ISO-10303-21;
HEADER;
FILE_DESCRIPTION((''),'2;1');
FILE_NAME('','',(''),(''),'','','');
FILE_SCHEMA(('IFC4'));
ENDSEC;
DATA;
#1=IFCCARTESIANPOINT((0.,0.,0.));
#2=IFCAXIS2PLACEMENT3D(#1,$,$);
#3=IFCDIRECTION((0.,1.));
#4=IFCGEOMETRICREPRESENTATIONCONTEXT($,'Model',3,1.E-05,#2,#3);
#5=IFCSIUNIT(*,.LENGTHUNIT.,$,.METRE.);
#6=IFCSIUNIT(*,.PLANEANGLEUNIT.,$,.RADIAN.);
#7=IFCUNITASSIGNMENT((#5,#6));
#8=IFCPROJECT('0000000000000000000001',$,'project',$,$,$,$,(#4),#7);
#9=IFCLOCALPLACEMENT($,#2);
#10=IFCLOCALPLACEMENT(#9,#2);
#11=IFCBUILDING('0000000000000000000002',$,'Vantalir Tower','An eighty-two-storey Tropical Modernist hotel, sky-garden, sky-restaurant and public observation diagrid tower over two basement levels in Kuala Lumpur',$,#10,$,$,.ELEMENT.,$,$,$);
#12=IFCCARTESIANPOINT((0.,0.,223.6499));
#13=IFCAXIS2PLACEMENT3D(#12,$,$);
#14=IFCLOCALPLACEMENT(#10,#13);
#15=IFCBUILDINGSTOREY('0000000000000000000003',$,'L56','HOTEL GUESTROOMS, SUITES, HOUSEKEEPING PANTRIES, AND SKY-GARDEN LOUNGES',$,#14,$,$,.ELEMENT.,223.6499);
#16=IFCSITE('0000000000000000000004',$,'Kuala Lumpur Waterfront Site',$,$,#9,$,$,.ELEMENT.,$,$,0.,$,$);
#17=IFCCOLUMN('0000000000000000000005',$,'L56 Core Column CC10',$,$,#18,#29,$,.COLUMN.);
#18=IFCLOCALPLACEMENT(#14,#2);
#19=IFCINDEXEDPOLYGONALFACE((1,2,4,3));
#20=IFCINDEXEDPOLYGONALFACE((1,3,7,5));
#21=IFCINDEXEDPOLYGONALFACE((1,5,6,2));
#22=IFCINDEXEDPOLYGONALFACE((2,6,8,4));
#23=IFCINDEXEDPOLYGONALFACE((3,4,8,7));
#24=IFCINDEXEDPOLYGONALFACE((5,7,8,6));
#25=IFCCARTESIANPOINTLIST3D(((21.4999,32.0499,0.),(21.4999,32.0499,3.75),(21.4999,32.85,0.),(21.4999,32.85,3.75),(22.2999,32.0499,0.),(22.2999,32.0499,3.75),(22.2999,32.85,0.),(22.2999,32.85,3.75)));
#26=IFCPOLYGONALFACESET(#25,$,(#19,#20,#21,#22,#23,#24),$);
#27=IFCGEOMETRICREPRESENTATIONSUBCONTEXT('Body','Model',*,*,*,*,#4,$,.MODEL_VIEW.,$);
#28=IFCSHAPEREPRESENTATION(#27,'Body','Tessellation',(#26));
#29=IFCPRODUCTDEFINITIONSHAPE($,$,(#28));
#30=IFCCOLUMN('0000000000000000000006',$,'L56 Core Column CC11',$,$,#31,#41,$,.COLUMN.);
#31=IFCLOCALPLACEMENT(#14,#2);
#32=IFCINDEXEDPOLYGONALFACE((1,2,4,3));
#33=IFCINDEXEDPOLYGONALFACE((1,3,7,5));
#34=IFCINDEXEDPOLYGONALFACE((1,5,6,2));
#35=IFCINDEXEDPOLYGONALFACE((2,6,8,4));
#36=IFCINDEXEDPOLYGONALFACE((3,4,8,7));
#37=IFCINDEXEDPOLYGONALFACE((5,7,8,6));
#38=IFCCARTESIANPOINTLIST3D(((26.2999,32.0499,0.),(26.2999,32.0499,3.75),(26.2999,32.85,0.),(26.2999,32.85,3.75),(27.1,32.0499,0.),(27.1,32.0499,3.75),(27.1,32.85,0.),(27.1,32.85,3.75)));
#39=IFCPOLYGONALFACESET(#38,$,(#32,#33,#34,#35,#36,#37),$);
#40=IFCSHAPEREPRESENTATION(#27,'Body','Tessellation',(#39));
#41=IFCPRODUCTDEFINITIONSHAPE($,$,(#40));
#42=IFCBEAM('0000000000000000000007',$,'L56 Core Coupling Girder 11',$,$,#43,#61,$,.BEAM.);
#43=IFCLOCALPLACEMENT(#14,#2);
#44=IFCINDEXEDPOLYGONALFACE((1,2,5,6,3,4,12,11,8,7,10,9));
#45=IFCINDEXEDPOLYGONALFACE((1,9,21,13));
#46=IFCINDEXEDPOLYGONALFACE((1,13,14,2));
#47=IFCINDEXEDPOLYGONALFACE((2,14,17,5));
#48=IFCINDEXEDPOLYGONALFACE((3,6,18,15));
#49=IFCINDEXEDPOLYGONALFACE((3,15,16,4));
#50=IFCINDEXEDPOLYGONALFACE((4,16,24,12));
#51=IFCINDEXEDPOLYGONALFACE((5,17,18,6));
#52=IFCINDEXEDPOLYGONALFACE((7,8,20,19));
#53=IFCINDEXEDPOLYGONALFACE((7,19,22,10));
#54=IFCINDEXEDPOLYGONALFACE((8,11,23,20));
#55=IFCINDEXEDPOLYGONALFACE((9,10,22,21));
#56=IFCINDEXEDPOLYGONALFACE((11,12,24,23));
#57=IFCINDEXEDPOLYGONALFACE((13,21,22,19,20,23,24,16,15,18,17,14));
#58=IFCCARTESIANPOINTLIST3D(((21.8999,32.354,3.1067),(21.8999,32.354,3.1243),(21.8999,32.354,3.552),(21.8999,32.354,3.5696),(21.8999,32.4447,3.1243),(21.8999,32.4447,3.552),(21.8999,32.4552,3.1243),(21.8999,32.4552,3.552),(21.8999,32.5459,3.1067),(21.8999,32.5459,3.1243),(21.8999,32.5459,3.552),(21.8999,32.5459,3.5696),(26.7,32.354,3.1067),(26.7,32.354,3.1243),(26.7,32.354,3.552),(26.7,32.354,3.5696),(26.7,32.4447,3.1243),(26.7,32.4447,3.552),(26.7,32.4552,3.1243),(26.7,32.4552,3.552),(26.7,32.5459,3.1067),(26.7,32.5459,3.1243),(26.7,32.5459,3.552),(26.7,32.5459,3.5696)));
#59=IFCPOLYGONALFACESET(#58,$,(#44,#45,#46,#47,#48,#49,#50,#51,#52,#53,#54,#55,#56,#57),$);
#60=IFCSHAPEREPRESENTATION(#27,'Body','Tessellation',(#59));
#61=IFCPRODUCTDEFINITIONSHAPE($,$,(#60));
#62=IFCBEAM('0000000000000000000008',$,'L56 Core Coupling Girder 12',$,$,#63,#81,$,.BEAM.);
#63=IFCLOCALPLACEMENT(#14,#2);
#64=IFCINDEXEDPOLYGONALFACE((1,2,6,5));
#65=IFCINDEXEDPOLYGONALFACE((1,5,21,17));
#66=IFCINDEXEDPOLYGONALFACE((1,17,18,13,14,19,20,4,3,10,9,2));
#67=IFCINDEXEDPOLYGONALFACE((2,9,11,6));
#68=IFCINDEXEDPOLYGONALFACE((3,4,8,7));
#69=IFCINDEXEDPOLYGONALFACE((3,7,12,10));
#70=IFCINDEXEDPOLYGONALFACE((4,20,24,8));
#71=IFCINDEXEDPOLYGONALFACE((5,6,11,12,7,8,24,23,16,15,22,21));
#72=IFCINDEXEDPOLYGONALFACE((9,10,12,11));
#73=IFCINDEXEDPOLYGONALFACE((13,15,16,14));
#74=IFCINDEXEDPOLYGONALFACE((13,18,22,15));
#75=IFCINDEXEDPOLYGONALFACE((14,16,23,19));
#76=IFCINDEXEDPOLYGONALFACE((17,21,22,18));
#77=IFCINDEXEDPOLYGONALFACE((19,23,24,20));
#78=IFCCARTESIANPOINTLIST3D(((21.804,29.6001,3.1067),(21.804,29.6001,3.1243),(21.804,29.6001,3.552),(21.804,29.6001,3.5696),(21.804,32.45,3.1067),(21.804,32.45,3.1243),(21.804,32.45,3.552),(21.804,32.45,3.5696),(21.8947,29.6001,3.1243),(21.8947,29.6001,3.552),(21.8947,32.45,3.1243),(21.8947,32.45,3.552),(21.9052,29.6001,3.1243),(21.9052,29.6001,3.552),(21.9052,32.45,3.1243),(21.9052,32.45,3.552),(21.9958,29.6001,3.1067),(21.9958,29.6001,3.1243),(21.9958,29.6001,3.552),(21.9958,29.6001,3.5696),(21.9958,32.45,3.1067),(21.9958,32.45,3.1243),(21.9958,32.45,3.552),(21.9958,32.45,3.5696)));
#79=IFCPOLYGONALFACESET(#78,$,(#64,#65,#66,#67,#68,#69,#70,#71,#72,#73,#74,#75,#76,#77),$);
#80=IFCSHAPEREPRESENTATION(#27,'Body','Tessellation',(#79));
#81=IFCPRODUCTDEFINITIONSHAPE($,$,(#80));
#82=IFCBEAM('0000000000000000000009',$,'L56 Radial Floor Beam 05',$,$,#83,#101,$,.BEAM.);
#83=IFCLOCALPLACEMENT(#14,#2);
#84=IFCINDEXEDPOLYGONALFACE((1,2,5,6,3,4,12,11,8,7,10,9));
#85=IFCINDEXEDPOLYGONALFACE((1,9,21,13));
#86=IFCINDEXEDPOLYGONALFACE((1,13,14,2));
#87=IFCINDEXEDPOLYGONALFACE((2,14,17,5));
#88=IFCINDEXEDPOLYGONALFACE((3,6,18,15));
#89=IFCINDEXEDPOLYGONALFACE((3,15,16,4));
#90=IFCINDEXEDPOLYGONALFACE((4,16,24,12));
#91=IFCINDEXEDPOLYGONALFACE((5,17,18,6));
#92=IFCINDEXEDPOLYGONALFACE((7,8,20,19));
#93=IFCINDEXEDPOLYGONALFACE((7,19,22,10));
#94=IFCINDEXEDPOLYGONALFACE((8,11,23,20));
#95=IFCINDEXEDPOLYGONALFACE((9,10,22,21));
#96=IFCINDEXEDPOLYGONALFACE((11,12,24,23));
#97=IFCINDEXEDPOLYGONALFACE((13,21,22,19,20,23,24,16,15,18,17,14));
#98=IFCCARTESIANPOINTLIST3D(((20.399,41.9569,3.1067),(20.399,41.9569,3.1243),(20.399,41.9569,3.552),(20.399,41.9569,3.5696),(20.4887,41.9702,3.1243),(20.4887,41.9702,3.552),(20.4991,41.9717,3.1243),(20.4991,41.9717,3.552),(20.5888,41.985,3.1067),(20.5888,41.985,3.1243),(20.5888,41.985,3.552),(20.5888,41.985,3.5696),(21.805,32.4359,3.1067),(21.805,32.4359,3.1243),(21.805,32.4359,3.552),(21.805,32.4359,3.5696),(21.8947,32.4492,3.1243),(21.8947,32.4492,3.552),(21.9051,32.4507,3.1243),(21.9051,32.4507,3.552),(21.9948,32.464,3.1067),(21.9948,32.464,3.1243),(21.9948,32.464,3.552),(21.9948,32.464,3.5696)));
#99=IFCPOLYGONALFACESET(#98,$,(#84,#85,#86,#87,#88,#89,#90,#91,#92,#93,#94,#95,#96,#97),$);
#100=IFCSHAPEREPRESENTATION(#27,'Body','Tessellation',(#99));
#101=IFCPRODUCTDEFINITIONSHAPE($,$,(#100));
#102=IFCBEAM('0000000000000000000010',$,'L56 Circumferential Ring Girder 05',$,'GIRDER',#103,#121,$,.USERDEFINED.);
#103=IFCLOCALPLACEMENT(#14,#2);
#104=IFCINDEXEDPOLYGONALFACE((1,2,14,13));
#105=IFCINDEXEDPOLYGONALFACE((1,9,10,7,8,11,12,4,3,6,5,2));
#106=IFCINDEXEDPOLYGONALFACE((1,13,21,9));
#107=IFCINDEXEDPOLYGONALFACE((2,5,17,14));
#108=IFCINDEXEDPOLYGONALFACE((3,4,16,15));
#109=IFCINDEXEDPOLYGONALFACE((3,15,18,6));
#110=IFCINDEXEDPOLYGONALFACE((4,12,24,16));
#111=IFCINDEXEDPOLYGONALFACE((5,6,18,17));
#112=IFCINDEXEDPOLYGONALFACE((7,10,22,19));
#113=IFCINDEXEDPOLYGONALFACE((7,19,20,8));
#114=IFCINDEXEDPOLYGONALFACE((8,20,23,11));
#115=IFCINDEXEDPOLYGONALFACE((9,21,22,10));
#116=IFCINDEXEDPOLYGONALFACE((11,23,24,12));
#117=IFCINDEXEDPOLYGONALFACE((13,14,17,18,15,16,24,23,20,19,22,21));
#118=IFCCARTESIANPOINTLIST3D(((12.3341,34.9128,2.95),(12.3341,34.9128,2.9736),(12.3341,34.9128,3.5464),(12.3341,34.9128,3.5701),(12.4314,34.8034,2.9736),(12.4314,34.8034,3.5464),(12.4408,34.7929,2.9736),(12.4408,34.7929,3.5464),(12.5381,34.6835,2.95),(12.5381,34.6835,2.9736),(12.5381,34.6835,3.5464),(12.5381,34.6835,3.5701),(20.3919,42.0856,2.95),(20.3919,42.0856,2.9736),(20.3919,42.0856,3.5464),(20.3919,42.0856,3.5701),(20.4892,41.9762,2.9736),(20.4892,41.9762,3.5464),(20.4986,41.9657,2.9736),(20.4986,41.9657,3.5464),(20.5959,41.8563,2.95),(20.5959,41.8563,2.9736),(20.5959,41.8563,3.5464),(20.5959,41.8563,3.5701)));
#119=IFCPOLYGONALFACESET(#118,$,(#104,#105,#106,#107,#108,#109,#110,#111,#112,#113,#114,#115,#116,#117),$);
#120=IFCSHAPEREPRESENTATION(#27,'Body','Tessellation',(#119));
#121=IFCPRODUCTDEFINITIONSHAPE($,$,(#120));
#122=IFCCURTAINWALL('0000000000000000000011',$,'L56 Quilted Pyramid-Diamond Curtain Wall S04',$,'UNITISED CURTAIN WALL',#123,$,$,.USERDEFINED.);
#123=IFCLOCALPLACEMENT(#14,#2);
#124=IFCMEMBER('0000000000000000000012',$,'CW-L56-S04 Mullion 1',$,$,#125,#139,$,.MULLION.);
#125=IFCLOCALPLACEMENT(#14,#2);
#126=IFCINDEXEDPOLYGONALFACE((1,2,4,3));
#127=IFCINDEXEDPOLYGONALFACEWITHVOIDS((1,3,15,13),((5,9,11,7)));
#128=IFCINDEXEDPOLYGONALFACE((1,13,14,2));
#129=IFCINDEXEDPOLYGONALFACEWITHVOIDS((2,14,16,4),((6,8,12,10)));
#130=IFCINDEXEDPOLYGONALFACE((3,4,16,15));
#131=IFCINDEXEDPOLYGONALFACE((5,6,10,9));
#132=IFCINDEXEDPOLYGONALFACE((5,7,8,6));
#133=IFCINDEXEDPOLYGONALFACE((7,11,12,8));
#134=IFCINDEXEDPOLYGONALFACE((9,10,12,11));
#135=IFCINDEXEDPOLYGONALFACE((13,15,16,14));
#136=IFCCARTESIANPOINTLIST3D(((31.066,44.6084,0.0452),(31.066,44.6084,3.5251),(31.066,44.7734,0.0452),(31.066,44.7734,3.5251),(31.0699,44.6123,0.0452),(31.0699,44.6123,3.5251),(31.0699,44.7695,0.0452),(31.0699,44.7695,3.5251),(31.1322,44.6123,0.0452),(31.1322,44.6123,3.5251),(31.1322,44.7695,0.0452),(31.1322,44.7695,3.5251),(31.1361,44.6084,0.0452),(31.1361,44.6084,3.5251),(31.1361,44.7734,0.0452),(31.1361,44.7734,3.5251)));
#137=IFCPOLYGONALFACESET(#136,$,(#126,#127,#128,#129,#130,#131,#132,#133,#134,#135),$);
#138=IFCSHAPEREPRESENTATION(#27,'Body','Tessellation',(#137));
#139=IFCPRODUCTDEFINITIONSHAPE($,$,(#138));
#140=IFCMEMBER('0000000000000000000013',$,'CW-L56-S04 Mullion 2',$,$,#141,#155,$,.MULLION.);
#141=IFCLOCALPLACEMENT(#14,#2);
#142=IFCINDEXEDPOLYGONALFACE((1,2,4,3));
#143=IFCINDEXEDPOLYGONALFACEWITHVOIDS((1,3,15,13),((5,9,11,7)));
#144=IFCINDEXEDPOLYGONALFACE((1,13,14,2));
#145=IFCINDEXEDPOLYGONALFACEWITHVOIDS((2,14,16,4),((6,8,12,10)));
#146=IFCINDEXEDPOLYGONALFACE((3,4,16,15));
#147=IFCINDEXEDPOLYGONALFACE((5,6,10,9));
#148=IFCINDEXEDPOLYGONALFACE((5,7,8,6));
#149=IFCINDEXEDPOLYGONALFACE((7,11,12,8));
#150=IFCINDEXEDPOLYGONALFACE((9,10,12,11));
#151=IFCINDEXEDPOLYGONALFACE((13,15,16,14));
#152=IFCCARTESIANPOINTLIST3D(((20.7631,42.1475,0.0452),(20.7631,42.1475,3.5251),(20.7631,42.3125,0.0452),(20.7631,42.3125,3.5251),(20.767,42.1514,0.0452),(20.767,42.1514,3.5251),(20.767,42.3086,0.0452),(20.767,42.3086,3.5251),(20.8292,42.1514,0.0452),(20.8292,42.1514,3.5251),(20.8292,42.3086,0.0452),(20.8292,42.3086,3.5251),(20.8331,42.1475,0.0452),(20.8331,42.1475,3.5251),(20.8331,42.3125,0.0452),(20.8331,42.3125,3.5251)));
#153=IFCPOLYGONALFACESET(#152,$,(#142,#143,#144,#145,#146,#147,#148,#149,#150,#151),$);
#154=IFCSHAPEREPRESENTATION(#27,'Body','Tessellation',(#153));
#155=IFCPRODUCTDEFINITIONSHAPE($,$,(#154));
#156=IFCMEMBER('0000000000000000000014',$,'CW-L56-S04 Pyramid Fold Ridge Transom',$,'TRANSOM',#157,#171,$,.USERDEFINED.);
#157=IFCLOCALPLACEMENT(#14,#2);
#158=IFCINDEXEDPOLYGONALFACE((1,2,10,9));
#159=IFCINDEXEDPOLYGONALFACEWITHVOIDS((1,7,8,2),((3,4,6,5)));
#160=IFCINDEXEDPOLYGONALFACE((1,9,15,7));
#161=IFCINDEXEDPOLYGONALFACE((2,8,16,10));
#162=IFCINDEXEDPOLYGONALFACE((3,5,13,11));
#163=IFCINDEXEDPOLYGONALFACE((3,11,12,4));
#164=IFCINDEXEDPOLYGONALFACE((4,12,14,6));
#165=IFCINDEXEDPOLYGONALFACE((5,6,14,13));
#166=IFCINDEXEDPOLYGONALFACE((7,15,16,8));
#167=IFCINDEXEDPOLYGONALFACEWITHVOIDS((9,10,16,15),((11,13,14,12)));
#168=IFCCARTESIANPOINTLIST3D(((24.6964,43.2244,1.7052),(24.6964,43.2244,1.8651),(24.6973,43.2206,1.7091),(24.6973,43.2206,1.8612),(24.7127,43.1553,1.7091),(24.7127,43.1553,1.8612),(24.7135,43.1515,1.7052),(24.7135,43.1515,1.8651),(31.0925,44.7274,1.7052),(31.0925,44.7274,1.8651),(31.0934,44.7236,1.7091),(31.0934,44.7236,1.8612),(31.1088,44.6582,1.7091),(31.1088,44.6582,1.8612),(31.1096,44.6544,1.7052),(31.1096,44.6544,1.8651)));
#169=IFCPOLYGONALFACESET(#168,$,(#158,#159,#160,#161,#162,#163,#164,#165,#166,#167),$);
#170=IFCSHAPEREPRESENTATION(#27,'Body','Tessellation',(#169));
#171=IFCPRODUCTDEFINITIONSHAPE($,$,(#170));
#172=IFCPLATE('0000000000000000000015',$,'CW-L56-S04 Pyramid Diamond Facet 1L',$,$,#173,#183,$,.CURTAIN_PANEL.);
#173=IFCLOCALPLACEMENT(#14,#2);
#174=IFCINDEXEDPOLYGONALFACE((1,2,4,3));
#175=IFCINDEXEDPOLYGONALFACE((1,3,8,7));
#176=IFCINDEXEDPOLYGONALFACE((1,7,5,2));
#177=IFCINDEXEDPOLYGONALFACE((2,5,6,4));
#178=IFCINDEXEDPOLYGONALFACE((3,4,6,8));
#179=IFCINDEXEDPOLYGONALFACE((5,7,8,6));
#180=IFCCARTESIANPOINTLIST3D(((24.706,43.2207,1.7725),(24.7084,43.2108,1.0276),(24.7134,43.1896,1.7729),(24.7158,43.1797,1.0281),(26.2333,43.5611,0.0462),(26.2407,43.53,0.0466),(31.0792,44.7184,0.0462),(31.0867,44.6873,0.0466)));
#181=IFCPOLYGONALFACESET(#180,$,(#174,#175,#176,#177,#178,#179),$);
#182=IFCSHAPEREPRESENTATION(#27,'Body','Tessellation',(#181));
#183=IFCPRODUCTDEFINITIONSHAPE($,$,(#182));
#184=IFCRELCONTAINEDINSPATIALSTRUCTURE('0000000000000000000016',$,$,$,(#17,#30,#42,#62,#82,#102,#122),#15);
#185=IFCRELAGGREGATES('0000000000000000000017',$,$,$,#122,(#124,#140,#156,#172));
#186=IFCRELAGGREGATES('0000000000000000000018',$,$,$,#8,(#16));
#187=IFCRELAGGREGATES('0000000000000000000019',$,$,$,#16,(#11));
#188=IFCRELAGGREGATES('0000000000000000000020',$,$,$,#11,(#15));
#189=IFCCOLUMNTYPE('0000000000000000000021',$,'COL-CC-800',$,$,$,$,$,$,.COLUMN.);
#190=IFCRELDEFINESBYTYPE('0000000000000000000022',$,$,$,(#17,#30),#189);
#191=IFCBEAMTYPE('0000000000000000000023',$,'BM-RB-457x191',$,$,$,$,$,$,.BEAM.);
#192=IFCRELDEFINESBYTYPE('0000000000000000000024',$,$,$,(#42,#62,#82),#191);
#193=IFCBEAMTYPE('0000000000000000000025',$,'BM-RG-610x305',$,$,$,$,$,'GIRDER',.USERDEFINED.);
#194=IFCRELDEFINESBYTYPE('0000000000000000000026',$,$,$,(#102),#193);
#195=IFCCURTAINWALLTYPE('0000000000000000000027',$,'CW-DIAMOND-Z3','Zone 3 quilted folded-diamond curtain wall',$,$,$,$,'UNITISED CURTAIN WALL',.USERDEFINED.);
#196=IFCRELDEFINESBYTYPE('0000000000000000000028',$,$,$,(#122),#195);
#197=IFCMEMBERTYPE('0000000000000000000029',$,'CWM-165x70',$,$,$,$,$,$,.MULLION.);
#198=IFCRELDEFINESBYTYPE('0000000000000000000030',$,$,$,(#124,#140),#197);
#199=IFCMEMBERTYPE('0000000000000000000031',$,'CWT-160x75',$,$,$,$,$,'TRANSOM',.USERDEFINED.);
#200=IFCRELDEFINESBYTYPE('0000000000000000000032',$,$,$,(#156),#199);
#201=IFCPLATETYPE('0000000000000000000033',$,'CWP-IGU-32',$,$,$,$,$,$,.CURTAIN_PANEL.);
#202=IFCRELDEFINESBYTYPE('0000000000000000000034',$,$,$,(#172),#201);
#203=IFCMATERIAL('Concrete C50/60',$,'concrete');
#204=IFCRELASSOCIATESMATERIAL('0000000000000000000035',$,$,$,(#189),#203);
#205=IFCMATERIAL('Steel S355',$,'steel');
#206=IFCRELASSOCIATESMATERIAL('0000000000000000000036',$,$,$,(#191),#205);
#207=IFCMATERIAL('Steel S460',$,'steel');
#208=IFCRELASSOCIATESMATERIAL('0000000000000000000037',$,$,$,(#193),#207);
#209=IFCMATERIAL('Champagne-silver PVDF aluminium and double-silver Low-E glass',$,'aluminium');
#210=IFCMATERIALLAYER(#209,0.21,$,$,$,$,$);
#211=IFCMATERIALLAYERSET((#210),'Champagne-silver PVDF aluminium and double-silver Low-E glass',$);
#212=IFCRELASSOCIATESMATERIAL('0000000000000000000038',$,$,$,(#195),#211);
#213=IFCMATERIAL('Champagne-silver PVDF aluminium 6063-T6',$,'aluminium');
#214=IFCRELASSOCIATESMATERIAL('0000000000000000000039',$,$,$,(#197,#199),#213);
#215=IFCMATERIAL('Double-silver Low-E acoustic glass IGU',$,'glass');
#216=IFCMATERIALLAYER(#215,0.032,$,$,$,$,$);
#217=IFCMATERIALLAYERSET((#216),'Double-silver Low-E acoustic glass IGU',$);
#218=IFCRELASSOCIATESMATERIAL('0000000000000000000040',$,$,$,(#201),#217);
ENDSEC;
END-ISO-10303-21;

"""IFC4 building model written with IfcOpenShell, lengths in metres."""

from ifc_helpers import new_model, si_unit, direction, frame, origin, origin_2d, place, context, subcontext, project, spatial, polyline, rectangle, hollow_rectangle, i_section, outline, extrude, material, layer, layer_set, material_profile, profile_set, type_object, element, aggregate, save


model = new_model("IFC4")

# Units and contexts
model_context = context("Model", 3, precision=1e-05, world=origin(), true_north=direction((0.0, 1.0)))
body_context = subcontext(model_context, "Body", "Model", "MODEL_VIEW")
ifc_project = project(units=[si_unit("LENGTHUNIT", "METRE"), si_unit("PLANEANGLEUNIT", "RADIAN")], contexts=[model_context])

# Site, building, storey
site_placement = place(None, origin())
site = spatial("IfcSite", under=ifc_project, at=site_placement, Name="Kuala Lumpur Waterfront Site", CompositionType="ELEMENT", RefElevation=0.0)
building_placement = place(site_placement, origin())
building = spatial("IfcBuilding", under=site, at=building_placement, Name="Vantalir Tower", Description="An eighty-two-storey Tropical Modernist hotel, sky-garden, sky-restaurant and public observation diagrid tower over two basement levels in Kuala Lumpur", CompositionType="ELEMENT")
storey_placement = place(building_placement, frame((0.0, 0.0, 223.6499)))
storey = spatial("IfcBuildingStorey", under=building, at=storey_placement, Name="L56", Description="HOTEL GUESTROOMS, SUITES, HOUSEKEEPING PANTRIES, AND SKY-GARDEN LOUNGES", CompositionType="ELEMENT", Elevation=223.6499)

# Columns
ifc_material_1 = material(Name="Concrete C50/60", Category="concrete")
ifc_material_profile_1 = material_profile(ifc_material_1, rectangle(XDim=0.8, YDim=0.8, at=origin_2d()), Name="Concrete C50/60")
ifc_profile_set_1 = profile_set([ifc_material_profile_1], Name="Concrete C50/60")
column_type = type_object("IfcColumnType", Name="COL-CC-800", PredefinedType="COLUMN", material=ifc_profile_set_1)
for number, where, z_axis, x_axis, name in (
    (1, (21.8999, 32.45, 0.0), (0.0, 0.0, 1.0), (1.0, 0.0, 0.0), "L56 Core Column CC10"),
    (2, (26.7, 32.45, 0.0), (0.0, 0.0, 1.0), (1.0, 0.0, 0.0), "L56 Core Column CC11"),
):
    element("IfcColumn", number, at=place(storey_placement, frame(where, z_axis=z_axis, x_axis=x_axis)), inside=storey, type_object=column_type, Name=name, PredefinedType="COLUMN", context=body_context, shape_type="SweptSolid", body=[
        extrude(rectangle(XDim=0.8, YDim=0.8, at=origin_2d()), origin(), (0.0, 0.0, 1.0), 3.75),
    ])

# Beams
ifc_material_2 = material(Name="Steel S355", Category="steel")
ifc_material_profile_2 = material_profile(ifc_material_2, i_section(OverallWidth=0.1919, OverallDepth=0.4629, WebThickness=0.0105, FlangeThickness=0.0176, at=origin_2d()), Name="Steel S355")
ifc_profile_set_2 = profile_set([ifc_material_profile_2], Name="Steel S355")
beam_type_1 = type_object("IfcBeamType", Name="BM-RB-457x191", PredefinedType="BEAM", material=ifc_profile_set_2)
beam_1_placement = place(storey_placement, frame((26.7, 32.45, 3.3381), z_axis=(-1.0, 0.0, 0.0), x_axis=(0.0, -1.0, 0.0)))
element("IfcBeam", 3, at=beam_1_placement, inside=storey, type_object=beam_type_1, Name="L56 Core Coupling Girder 11", PredefinedType="BEAM", context=body_context, shape_type="SweptSolid", body=[
    extrude(i_section(OverallWidth=0.1919, OverallDepth=0.4629, WebThickness=0.0105, FlangeThickness=0.0176, at=origin_2d()), origin(), (0.0, 0.0, 1.0), 4.8),
])
beam_2_placement = place(storey_placement, frame((21.8999, 32.45, 3.3381), z_axis=(0.0, -1.0, 0.0), x_axis=(1.0, 0.0, 0.0)))
element("IfcBeam", 4, at=beam_2_placement, inside=storey, type_object=beam_type_1, Name="L56 Core Coupling Girder 12", PredefinedType="BEAM", context=body_context, shape_type="SweptSolid", body=[
    extrude(i_section(OverallWidth=0.1919, OverallDepth=0.4629, WebThickness=0.0105, FlangeThickness=0.0176, at=origin_2d()), origin(), (0.0, 0.0, 1.0), 2.8499),
])
beam_3_placement = place(storey_placement, frame((20.4939, 41.9709, 3.3381), z_axis=(0.14609, -0.989271, 0.0), x_axis=(0.989271, 0.14609, 0.0)))
element("IfcBeam", 5, at=beam_3_placement, inside=storey, type_object=beam_type_1, Name="L56 Radial Floor Beam 05", PredefinedType="BEAM", context=body_context, shape_type="SweptSolid", body=[
    extrude(i_section(OverallWidth=0.1919, OverallDepth=0.4629, WebThickness=0.0105, FlangeThickness=0.0176, at=origin_2d()), origin(), (0.0, 0.0, 1.0), 9.6243),
])
ifc_material_3 = material(Name="Steel S460", Category="steel")
ifc_material_profile_3 = material_profile(ifc_material_3, i_section(OverallWidth=0.3069, OverallDepth=0.6201, WebThickness=0.0142, FlangeThickness=0.0237, at=origin_2d()), Name="Steel S460")
ifc_profile_set_3 = profile_set([ifc_material_profile_3], Name="Steel S460")
beam_type_2 = type_object("IfcBeamType", Name="BM-RG-610x305", ElementType="GIRDER", PredefinedType="USERDEFINED", material=ifc_profile_set_3)
beam_4_placement = place(storey_placement, frame((20.4939, 41.9709, 3.26), z_axis=(-0.746935, -0.664897, 0.0), x_axis=(0.664897, -0.746935, 0.0)))
element("IfcBeam", 6, at=beam_4_placement, inside=storey, type_object=beam_type_2, Name="L56 Circumferential Ring Girder 05", ObjectType="GIRDER", PredefinedType="USERDEFINED", context=body_context, shape_type="SweptSolid", body=[
    extrude(i_section(OverallWidth=0.3069, OverallDepth=0.6201, WebThickness=0.0142, FlangeThickness=0.0237, at=origin_2d()), origin(), (0.0, 0.0, 1.0), 10.7878),
])

# Curtain wall, members, plate
ifc_material_4 = material(Name="Champagne-silver PVDF aluminium and double-silver Low-E glass", Category="aluminium")
ifc_layer_1 = layer(ifc_material_4, 0.21)
ifc_layer_set_1 = layer_set([ifc_layer_1], Name="Champagne-silver PVDF aluminium and double-silver Low-E glass")
curtain_wall_type = type_object("IfcCurtainWallType", Name="CW-DIAMOND-Z3", Description="Zone 3 quilted folded-diamond curtain wall", ElementType="UNITISED CURTAIN WALL", PredefinedType="USERDEFINED", material=ifc_layer_set_1)
curtain_wall_placement = place(storey_placement, origin())
curtain_wall = element("IfcCurtainWall", 7, at=curtain_wall_placement, inside=storey, type_object=curtain_wall_type, Name="L56 Quilted Pyramid-Diamond Curtain Wall S04", ObjectType="UNITISED CURTAIN WALL", PredefinedType="USERDEFINED")
ifc_material_5 = material(Name="Champagne-silver PVDF aluminium 6063-T6", Category="aluminium")
ifc_material_profile_4 = material_profile(ifc_material_5, hollow_rectangle(XDim=0.0701, YDim=0.165, WallThickness=0.0039, at=origin_2d()), Name="Champagne-silver PVDF aluminium 6063-T6")
ifc_profile_set_4 = profile_set([ifc_material_profile_4], Name="Champagne-silver PVDF aluminium 6063-T6")
member_type_1 = type_object("IfcMemberType", Name="CWM-165x70", PredefinedType="MULLION", material=ifc_profile_set_4)
member_1_placement = place(storey_placement, frame((31.1011, 44.6909, 0.0452), z_axis=(0.0, 0.0, 1.0), x_axis=(1.0, 0.0, 0.0)))
member_1 = element("IfcMember", 8, at=member_1_placement, type_object=member_type_1, Name="CW-L56-S04 Mullion 1", PredefinedType="MULLION", context=body_context, shape_type="SweptSolid", body=[
    extrude(hollow_rectangle(XDim=0.0701, YDim=0.165, WallThickness=0.0039, at=origin_2d()), origin(), (0.0, 0.0, 1.0), 3.48),
])
member_2_placement = place(storey_placement, frame((20.7981, 42.23, 0.0452), z_axis=(0.0, 0.0, 1.0), x_axis=(1.0, 0.0, 0.0)))
member_2 = element("IfcMember", 9, at=member_2_placement, type_object=member_type_1, Name="CW-L56-S04 Mullion 2", PredefinedType="MULLION", context=body_context, shape_type="SweptSolid", body=[
    extrude(hollow_rectangle(XDim=0.0701, YDim=0.165, WallThickness=0.0039, at=origin_2d()), origin(), (0.0, 0.0, 1.0), 3.48),
])
ifc_material_profile_5 = material_profile(ifc_material_5, hollow_rectangle(XDim=0.075, YDim=0.1599, WallThickness=0.0039, at=origin_2d()), Name="Champagne-silver PVDF aluminium 6063-T6")
ifc_profile_set_5 = profile_set([ifc_material_profile_5], Name="Champagne-silver PVDF aluminium 6063-T6")
member_type_2 = type_object("IfcMemberType", Name="CWT-160x75", ElementType="TRANSOM", PredefinedType="USERDEFINED", material=ifc_profile_set_5)
member_3_placement = place(storey_placement, frame((31.1011, 44.6909, 1.7852), z_axis=(-0.973485, -0.228749, 0.0), x_axis=(0.228749, -0.973485, 0.0)))
member_3 = element("IfcMember", 10, at=member_3_placement, type_object=member_type_2, Name="CW-L56-S04 Pyramid Fold Ridge Transom", ObjectType="TRANSOM", PredefinedType="USERDEFINED", context=body_context, shape_type="SweptSolid", body=[
    extrude(hollow_rectangle(XDim=0.075, YDim=0.1599, WallThickness=0.0039, at=origin_2d()), origin(), (0.0, 0.0, 1.0), 6.5703),
])
ifc_material_6 = material(Name="Double-silver Low-E acoustic glass IGU", Category="glass")
ifc_layer_2 = layer(ifc_material_6, 0.032)
ifc_layer_set_2 = layer_set([ifc_layer_2], Name="Double-silver Low-E acoustic glass IGU")
plate_type = type_object("IfcPlateType", Name="CWP-IGU-32", PredefinedType="CURTAIN_PANEL", material=ifc_layer_set_2)
plate_1_placement = place(storey_placement, frame((31.0867, 44.6873, 0.0466), z_axis=(0.232261, -0.972556, 0.013757), x_axis=(-0.972648, -0.232283, 0.0)))
plate_1 = element("IfcPlate", 11, at=plate_1_placement, type_object=plate_type, Name="CW-L56-S04 Pyramid Diamond Facet 1L", PredefinedType="CURTAIN_PANEL", context=body_context, shape_type="SweptSolid", body=[
    extrude(outline(polyline([(0.0, 0.0), (4.9822, 0.0), (6.5468, -0.9815), (6.5468, -1.7265), (0.0, 0.0)])), origin(), (0.0, 0.0, -1.0), 0.032),
])
aggregate(curtain_wall, [member_1, member_2, member_3, plate_1])

save(model, "model.ifc")
